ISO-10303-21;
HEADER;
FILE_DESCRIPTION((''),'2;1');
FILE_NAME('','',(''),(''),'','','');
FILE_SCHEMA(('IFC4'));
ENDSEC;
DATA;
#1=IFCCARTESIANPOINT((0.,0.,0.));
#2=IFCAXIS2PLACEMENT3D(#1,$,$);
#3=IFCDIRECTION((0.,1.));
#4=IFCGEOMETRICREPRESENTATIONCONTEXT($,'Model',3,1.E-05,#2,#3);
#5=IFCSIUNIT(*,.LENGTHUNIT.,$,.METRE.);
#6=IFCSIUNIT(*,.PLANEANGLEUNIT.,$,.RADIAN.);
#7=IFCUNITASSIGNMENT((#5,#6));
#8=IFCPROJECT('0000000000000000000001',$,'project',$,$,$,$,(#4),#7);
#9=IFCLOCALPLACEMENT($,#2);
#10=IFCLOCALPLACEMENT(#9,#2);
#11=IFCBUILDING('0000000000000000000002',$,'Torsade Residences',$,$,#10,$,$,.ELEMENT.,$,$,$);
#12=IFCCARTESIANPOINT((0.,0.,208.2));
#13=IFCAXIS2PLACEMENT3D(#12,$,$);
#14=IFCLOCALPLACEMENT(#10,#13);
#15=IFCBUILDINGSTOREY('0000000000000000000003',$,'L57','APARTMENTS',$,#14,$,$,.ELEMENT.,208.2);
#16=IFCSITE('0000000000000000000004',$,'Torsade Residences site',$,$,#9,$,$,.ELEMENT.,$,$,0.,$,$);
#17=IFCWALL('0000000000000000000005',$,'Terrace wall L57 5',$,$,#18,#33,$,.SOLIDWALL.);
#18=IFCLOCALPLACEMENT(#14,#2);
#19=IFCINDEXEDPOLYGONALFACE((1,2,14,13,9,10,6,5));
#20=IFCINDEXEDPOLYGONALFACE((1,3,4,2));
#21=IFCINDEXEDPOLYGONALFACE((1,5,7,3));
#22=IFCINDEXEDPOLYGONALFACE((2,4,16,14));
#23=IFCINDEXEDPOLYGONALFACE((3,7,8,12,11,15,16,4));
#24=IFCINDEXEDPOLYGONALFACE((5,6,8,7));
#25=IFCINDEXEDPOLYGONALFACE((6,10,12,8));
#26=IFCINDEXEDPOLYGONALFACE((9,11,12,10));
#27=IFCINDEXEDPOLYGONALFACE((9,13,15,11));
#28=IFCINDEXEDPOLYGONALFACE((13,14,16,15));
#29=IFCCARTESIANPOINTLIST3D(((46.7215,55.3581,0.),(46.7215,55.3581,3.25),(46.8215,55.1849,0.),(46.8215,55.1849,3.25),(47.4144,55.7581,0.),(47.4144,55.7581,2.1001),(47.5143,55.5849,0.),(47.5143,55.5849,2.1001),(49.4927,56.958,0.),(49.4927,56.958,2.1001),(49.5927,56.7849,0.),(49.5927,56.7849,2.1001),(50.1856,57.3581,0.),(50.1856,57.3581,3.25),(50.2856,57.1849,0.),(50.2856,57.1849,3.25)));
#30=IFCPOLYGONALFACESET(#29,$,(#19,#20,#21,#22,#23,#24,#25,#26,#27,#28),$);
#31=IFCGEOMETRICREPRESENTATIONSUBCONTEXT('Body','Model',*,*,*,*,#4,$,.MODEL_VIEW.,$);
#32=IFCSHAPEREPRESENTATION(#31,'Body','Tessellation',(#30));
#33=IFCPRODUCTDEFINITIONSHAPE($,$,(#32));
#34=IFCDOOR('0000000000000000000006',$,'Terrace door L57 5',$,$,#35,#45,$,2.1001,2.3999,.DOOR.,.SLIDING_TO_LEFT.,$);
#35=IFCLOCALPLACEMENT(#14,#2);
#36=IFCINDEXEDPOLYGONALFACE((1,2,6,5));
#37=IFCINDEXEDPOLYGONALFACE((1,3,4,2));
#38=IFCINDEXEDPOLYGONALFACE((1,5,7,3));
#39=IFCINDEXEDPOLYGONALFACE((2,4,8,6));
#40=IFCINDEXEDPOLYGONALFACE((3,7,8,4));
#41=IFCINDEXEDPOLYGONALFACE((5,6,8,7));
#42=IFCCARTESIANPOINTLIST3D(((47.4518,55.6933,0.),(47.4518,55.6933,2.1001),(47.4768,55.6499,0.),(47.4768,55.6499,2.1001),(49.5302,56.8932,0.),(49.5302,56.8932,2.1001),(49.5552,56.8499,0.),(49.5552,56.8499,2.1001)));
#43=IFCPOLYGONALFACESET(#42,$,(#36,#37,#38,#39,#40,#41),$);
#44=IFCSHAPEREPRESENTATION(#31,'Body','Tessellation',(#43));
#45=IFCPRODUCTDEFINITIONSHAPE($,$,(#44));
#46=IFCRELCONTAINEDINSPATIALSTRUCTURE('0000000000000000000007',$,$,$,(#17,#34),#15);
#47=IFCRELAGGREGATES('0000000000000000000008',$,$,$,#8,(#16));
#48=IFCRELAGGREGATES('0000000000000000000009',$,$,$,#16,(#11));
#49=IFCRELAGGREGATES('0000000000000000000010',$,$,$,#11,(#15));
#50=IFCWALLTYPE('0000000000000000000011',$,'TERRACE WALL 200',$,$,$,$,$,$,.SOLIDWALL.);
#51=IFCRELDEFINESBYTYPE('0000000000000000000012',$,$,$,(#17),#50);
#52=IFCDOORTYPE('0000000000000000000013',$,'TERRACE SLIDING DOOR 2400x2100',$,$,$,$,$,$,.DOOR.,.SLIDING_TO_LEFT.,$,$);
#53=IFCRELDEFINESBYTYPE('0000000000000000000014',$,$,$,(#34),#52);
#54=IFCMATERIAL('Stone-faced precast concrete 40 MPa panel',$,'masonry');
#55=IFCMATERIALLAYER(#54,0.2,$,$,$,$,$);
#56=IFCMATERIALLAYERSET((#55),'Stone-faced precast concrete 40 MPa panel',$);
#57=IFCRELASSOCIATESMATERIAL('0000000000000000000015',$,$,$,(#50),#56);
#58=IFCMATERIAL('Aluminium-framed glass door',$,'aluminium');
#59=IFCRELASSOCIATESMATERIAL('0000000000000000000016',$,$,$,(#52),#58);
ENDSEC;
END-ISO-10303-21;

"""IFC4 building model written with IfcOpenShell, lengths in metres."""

from ifc_helpers import new_model, si_unit, direction, frame, frame_2d, origin, place, context, subcontext, project, spatial, rectangle, extrude, material, layer, layer_set, type_object, element, fill, save


model = new_model("IFC4")

# Units and contexts
model_context = context("Model", 3, precision=1e-05, world=origin(), true_north=direction((0.0, 1.0)))
body_context = subcontext(model_context, "Body", "Model", "MODEL_VIEW")
ifc_project = project(units=[si_unit("LENGTHUNIT", "METRE"), si_unit("PLANEANGLEUNIT", "RADIAN")], contexts=[model_context])

# Site, building, storey
site_placement = place(None, origin())
site = spatial("IfcSite", under=ifc_project, at=site_placement, Name="Torsade Residences site", CompositionType="ELEMENT", RefElevation=0.0)
building_placement = place(site_placement, origin())
building = spatial("IfcBuilding", under=site, at=building_placement, Name="Torsade Residences", CompositionType="ELEMENT")
storey_placement = place(building_placement, frame((0.0, 0.0, 208.2)))
storey = spatial("IfcBuildingStorey", under=building, at=storey_placement, Name="L57", Description="APARTMENTS", CompositionType="ELEMENT", Elevation=208.2)

# Wall, opening, door
ifc_material_1 = material(Name="Stone-faced precast concrete 40 MPa panel", Category="masonry")
ifc_layer_1 = layer(ifc_material_1, 0.2)
ifc_layer_set_1 = layer_set([ifc_layer_1], Name="Stone-faced precast concrete 40 MPa panel")
wall_type_1 = type_object("IfcWallType", Name="TERRACE WALL 200", PredefinedType="SOLIDWALL", material=ifc_layer_set_1)
wall_1_placement = place(storey_placement, frame((50.2356, 57.2715, 0.0), z_axis=(0.0, 0.0, 1.0), x_axis=(-0.866026, -0.499999, 0.0)))
wall_1 = element("IfcWall", 1, at=wall_1_placement, inside=storey, type_object=wall_type_1, Name="Terrace wall L57 5", PredefinedType="SOLIDWALL", context=body_context, shape_type="SweptSolid", body=[
    extrude(rectangle(XDim=4.0, YDim=0.2, at=frame_2d((2.0, 0.0))), origin(), (0.0, 0.0, 1.0), 3.25),
])
opening_1_placement = place(wall_1_placement, frame((0.8, 0.0, 0.0)))
opening_1 = element("IfcOpeningElement", 2, at=opening_1_placement, cuts=wall_1, PredefinedType="OPENING", context=body_context, shape_type="SweptSolid", body=[
    extrude(rectangle(XDim=2.3999, YDim=2.1001, at=frame_2d((1.2, 1.05))), frame((0.0, 0.1099, 0.0), z_axis=(0.0, -1.0, 0.0), x_axis=(1.0, 0.0, 0.0)), (0.0, 0.0, 1.0), 0.22),
])
ifc_material_2 = material(Name="Aluminium-framed glass door", Category="aluminium")
door_type_1 = type_object("IfcDoorType", Name="TERRACE SLIDING DOOR 2400x2100", OperationType="SLIDING_TO_LEFT", PredefinedType="DOOR", material=ifc_material_2)
door_1_placement = place(opening_1_placement, origin())
door_1 = element("IfcDoor", 3, at=door_1_placement, inside=storey, type_object=door_type_1, Name="Terrace door L57 5", OperationType="SLIDING_TO_LEFT", OverallHeight=2.1001, OverallWidth=2.3999, PredefinedType="DOOR", context=body_context, shape_type="SweptSolid", body=[
    extrude(rectangle(XDim=2.3999, YDim=2.1001, at=frame_2d((1.2, 1.05))), frame((0.0, 0.0249, 0.0), z_axis=(0.0, -1.0, 0.0), x_axis=(1.0, 0.0, 0.0)), (0.0, 0.0, 1.0), 0.05),
])
fill(opening_1, door_1)

save(model, "model.ifc")
